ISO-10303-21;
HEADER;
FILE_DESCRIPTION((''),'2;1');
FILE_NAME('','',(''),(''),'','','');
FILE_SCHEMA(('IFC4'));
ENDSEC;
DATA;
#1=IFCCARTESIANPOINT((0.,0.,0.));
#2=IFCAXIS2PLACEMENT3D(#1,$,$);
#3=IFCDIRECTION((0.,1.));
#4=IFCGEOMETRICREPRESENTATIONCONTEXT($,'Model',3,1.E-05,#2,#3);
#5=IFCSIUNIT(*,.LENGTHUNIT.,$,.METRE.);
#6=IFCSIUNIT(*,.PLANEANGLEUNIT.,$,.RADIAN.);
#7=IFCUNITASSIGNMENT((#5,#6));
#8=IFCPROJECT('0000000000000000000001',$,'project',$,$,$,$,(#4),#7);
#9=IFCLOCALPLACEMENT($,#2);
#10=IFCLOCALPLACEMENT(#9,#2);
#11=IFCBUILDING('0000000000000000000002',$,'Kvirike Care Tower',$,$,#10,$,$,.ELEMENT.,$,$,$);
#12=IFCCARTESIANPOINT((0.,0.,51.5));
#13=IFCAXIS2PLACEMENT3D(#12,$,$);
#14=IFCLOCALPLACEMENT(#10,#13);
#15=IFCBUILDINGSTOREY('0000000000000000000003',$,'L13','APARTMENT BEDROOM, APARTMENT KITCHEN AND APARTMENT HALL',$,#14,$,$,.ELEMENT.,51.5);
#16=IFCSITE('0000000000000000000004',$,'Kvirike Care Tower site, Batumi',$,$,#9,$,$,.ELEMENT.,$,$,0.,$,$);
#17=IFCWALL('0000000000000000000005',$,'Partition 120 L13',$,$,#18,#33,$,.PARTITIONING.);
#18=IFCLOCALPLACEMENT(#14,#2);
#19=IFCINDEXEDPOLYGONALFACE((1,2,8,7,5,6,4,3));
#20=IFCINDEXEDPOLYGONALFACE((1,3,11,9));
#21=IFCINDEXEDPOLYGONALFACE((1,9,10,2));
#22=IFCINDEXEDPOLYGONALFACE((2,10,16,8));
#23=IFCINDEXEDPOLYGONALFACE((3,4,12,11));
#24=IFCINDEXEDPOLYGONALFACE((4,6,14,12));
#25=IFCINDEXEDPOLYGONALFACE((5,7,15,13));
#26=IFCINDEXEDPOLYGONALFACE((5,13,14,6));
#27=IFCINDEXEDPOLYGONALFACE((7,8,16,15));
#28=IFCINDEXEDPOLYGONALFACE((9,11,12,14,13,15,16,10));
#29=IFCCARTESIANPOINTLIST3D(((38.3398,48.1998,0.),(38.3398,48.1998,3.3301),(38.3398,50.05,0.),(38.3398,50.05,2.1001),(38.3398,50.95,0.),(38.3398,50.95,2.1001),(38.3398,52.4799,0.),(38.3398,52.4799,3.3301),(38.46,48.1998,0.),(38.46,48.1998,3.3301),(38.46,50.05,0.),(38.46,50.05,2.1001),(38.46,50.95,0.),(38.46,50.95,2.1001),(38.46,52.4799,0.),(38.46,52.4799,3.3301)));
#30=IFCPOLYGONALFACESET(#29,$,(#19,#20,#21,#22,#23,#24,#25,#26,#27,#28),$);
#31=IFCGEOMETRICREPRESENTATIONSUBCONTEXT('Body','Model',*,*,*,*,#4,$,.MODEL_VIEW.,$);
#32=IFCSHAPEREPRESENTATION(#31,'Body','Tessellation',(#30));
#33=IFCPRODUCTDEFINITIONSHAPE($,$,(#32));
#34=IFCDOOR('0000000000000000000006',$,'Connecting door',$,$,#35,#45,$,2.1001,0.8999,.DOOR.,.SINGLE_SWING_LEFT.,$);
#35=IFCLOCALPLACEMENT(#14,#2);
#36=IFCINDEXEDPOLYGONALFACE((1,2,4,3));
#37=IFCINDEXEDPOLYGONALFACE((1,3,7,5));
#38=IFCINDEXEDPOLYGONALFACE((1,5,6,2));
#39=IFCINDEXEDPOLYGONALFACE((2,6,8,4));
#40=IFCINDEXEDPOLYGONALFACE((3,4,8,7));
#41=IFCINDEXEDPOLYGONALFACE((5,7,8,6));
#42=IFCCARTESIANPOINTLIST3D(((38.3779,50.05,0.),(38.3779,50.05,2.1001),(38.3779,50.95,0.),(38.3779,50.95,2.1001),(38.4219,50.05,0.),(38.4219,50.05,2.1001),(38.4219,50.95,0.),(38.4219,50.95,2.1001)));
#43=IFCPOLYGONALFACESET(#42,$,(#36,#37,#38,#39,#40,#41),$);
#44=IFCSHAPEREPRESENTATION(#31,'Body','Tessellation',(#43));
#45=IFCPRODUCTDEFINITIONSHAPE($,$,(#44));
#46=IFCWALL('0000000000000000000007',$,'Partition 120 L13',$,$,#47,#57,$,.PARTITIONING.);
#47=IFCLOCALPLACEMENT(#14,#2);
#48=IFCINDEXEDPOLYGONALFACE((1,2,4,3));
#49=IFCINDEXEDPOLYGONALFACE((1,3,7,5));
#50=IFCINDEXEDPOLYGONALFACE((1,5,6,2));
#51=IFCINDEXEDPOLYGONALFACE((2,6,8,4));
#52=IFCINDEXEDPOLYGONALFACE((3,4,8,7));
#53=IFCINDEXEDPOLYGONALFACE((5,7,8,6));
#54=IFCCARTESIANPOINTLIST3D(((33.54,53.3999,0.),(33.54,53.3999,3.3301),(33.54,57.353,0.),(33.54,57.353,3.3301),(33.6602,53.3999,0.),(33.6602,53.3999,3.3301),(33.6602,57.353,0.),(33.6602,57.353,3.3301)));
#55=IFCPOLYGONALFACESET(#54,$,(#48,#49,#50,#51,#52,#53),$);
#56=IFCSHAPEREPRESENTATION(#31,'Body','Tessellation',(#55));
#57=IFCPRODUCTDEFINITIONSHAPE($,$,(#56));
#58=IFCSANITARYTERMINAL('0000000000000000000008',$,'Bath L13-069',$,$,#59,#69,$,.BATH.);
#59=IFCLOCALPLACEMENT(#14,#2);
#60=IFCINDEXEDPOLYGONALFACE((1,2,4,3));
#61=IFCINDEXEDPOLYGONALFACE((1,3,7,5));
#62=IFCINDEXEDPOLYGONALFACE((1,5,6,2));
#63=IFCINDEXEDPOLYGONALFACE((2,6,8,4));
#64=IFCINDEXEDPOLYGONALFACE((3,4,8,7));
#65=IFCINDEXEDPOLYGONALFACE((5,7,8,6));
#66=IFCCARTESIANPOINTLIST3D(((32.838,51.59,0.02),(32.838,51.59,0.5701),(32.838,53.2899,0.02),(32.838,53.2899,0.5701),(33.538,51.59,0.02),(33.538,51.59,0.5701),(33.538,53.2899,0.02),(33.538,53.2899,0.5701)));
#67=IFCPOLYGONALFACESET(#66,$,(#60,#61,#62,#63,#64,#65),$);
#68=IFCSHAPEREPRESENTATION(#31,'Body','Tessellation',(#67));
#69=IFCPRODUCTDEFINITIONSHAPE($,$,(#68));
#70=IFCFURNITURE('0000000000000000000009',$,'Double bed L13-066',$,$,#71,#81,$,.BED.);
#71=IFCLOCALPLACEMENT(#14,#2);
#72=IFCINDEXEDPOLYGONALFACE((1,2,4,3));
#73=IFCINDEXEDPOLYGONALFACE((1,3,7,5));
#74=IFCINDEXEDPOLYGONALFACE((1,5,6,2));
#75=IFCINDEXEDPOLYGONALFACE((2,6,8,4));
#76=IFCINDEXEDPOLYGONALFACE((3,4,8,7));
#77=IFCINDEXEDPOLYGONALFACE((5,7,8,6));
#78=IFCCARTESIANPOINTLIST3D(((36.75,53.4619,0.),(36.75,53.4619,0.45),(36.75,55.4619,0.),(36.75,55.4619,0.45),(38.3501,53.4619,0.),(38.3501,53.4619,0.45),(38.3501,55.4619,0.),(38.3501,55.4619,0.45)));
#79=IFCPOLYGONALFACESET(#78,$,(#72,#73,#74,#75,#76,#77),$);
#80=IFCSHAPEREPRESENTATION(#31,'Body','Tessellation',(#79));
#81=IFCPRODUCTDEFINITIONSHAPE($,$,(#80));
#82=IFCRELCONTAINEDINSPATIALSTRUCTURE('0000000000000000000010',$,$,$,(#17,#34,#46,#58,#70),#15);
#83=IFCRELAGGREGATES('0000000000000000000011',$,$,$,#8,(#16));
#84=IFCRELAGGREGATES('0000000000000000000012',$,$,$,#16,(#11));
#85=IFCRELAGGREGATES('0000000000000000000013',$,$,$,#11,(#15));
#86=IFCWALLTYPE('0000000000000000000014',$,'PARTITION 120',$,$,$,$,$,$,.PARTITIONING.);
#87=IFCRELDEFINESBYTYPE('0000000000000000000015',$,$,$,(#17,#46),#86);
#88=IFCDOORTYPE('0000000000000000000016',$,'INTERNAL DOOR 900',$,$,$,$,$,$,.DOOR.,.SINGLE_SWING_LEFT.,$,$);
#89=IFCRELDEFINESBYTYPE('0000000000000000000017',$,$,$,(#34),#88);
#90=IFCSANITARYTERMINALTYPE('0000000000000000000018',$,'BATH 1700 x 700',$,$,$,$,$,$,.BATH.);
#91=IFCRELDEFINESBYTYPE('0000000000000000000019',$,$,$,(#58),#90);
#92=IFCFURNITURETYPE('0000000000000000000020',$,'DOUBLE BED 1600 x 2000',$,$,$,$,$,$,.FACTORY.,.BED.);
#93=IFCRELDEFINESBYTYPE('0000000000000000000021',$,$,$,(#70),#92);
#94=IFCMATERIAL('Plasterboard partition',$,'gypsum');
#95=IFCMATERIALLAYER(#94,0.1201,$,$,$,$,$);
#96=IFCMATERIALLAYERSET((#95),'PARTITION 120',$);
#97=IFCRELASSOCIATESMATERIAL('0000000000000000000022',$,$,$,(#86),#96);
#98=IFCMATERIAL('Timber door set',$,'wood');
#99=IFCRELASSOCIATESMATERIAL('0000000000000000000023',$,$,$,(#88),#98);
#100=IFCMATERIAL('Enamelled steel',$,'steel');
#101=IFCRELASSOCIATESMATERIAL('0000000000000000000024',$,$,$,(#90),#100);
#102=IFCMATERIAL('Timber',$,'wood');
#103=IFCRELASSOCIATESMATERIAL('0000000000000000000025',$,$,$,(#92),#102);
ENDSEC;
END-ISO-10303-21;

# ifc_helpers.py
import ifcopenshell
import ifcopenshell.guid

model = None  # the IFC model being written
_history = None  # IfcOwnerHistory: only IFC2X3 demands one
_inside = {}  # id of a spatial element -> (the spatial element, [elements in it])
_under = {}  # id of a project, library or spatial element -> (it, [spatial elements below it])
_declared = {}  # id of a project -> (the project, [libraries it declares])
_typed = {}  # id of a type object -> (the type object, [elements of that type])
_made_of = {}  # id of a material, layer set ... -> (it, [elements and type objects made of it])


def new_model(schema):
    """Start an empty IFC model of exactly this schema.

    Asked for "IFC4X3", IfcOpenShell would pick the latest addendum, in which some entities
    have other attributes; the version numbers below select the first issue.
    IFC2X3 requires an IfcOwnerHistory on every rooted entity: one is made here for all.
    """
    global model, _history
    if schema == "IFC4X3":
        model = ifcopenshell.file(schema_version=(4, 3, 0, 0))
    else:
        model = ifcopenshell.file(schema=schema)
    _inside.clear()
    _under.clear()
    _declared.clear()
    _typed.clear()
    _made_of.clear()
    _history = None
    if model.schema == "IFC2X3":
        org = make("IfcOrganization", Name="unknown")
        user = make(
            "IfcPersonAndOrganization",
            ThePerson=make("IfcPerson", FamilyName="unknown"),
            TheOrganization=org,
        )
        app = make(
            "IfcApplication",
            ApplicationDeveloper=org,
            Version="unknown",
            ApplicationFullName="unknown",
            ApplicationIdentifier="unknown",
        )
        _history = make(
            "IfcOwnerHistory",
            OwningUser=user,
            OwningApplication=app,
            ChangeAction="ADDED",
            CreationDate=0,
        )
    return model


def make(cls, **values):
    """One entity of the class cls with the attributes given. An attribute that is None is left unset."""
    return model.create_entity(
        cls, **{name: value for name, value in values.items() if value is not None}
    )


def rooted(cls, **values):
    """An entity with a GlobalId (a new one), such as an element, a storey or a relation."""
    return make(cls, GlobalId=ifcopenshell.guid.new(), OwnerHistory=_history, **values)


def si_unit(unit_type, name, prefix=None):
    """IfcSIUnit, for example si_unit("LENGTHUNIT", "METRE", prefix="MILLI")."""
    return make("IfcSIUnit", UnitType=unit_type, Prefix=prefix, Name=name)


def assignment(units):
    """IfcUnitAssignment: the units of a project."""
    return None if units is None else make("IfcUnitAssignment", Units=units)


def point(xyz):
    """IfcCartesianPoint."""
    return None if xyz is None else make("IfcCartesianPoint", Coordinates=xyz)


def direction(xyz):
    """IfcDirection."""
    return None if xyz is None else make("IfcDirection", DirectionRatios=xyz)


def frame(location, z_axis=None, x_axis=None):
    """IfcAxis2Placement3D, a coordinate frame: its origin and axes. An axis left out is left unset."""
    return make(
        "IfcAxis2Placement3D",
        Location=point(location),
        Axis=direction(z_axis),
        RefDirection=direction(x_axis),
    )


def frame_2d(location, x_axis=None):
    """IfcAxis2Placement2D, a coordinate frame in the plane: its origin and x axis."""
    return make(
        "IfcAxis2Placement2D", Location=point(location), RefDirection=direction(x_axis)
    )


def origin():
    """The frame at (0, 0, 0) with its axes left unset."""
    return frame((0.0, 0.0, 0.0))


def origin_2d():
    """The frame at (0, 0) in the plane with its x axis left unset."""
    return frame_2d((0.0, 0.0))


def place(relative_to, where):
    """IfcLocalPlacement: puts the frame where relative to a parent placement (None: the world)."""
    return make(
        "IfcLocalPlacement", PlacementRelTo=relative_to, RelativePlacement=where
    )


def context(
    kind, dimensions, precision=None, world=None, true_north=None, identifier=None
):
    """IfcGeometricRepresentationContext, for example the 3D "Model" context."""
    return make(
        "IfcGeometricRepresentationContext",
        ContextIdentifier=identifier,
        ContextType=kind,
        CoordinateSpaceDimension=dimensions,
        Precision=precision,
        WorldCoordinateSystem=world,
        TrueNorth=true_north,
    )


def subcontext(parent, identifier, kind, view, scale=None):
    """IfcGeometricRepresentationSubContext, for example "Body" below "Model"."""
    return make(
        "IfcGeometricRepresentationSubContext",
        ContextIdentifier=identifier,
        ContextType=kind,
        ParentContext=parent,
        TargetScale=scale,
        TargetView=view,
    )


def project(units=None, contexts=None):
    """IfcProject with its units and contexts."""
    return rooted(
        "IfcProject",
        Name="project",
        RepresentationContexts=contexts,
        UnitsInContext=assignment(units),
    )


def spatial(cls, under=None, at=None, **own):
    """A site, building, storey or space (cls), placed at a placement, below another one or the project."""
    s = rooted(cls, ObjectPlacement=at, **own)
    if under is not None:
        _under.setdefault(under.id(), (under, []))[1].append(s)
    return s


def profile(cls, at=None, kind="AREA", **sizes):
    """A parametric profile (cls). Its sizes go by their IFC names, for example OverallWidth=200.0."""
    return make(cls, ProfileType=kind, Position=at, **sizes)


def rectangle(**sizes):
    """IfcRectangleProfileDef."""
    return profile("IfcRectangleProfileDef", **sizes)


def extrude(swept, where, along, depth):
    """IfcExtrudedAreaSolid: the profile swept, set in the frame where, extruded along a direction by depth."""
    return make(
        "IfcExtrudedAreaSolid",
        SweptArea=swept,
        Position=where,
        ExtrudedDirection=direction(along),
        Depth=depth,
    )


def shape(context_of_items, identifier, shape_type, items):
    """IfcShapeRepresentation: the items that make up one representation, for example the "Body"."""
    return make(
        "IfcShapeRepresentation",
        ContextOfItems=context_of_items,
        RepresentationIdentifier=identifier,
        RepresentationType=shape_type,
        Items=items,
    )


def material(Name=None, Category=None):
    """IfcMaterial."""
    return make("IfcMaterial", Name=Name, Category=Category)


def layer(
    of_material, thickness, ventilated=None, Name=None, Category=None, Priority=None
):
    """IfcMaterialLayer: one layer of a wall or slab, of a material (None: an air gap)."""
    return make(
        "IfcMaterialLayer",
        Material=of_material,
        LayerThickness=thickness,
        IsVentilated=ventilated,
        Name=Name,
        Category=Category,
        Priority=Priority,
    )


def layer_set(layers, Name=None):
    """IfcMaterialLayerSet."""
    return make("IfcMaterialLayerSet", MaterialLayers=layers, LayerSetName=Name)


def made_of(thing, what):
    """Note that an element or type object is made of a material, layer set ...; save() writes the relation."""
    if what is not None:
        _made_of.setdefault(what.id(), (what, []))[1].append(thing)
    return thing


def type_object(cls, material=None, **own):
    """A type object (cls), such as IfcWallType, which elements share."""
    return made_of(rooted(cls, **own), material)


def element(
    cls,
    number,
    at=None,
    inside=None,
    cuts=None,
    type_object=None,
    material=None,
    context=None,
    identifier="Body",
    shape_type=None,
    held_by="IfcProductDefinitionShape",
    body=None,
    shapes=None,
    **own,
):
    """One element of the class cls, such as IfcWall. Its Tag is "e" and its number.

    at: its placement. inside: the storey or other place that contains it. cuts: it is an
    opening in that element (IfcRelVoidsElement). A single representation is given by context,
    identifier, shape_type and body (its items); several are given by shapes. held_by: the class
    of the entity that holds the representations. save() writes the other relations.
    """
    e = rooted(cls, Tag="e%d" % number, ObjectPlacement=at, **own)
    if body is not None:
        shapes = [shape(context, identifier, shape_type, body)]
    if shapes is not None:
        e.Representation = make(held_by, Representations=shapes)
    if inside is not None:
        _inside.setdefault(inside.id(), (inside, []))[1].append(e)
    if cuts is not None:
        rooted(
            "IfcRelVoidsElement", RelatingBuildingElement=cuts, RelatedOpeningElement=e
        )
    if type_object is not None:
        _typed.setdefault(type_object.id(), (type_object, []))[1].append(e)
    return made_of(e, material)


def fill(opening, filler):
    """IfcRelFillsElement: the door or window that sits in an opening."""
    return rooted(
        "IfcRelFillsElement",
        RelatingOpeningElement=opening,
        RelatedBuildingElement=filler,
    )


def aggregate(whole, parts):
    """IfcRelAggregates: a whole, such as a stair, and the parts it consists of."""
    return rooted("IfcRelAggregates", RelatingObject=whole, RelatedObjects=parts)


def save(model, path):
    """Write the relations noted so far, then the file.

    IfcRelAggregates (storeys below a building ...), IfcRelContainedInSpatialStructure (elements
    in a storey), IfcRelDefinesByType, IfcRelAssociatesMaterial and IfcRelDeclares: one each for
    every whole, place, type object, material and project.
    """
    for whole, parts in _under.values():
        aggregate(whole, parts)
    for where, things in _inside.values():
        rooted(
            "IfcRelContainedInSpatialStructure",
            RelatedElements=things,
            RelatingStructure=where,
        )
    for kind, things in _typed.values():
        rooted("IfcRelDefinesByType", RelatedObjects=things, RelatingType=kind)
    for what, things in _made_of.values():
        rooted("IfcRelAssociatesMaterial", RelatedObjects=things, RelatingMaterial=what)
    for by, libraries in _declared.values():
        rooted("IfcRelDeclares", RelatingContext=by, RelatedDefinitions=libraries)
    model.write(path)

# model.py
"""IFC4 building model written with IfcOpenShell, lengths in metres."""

from ifc_helpers import new_model, si_unit, direction, frame, frame_2d, origin, origin_2d, place, context, subcontext, project, spatial, rectangle, extrude, material, layer, layer_set, type_object, element, fill, save


model = new_model("IFC4")

# Units and contexts
model_context = context("Model", 3, precision=1e-05, world=origin(), true_north=direction((0.0, 1.0)))
body_context = subcontext(model_context, "Body", "Model", "MODEL_VIEW")
ifc_project = project(units=[si_unit("LENGTHUNIT", "METRE"), si_unit("PLANEANGLEUNIT", "RADIAN")], contexts=[model_context])

# Site, building, storey
site_placement = place(None, origin())
site = spatial("IfcSite", under=ifc_project, at=site_placement, Name="Kvirike Care Tower site, Batumi", CompositionType="ELEMENT", RefElevation=0.0)
building_placement = place(site_placement, origin())
building = spatial("IfcBuilding", under=site, at=building_placement, Name="Kvirike Care Tower", CompositionType="ELEMENT")
storey_placement = place(building_placement, frame((0.0, 0.0, 51.5)))
storey = spatial("IfcBuildingStorey", under=building, at=storey_placement, Name="L13", Description="APARTMENT BEDROOM, APARTMENT KITCHEN AND APARTMENT HALL", CompositionType="ELEMENT", Elevation=51.5)

# Wall, opening, door
ifc_material_1 = material(Name="Plasterboard partition", Category="gypsum")
ifc_layer_1 = layer(ifc_material_1, 0.1201)
ifc_layer_set_1 = layer_set([ifc_layer_1], Name="PARTITION 120")
wall_type_1 = type_object("IfcWallType", Name="PARTITION 120", PredefinedType="PARTITIONING", material=ifc_layer_set_1)
ifc_material_2 = material(Name="Timber door set", Category="wood")
door_type = type_object("IfcDoorType", Name="INTERNAL DOOR 900", OperationType="SINGLE_SWING_LEFT", PredefinedType="DOOR", material=ifc_material_2)
wall_1_placement = place(storey_placement, frame((38.3999, 52.48, 0.0), z_axis=(0.0, 0.0, 1.0), x_axis=(0.0, -1.0, 0.0)))
wall_1 = element("IfcWall", 1, at=wall_1_placement, inside=storey, type_object=wall_type_1, Name="Partition 120 L13", PredefinedType="PARTITIONING", context=body_context, shape_type="SweptSolid", body=[
    extrude(rectangle(XDim=4.28, YDim=0.1201, at=frame_2d((2.1401, 0.0))), origin(), (0.0, 0.0, 1.0), 3.3301),
])
opening_1_placement = place(wall_1_placement, frame((1.53, 0.0, 0.0)))
opening_1 = element("IfcOpeningElement", 2, at=opening_1_placement, cuts=wall_1, PredefinedType="OPENING", context=body_context, shape_type="SweptSolid", body=[
    extrude(rectangle(XDim=0.8999, YDim=2.1001, at=frame_2d((0.45, 1.05))), frame((0.0, 0.0706, 0.0), z_axis=(0.0, -1.0, 0.0), x_axis=(1.0, 0.0, 0.0)), (0.0, 0.0, 1.0), 0.1411),
])
door_1_placement = place(opening_1_placement, origin())
door_1 = element("IfcDoor", 3, at=door_1_placement, inside=storey, type_object=door_type, Name="Connecting door", OperationType="SINGLE_SWING_LEFT", OverallHeight=2.1001, OverallWidth=0.8999, PredefinedType="DOOR", context=body_context, shape_type="SweptSolid", body=[
    extrude(rectangle(XDim=0.8999, YDim=2.1001, at=frame_2d((0.45, 1.05))), frame((0.0, 0.022, 0.0), z_axis=(0.0, -1.0, 0.0), x_axis=(1.0, 0.0, 0.0)), (0.0, 0.0, 1.0), 0.0439),
])
fill(opening_1, door_1)

# Wall
wall_2_placement = place(storey_placement, frame((33.6001, 57.353, 0.0), z_axis=(0.0, 0.0, 1.0), x_axis=(0.0, -1.0, 0.0)))
element("IfcWall", 4, at=wall_2_placement, inside=storey, type_object=wall_type_1, Name="Partition 120 L13", PredefinedType="PARTITIONING", context=body_context, shape_type="SweptSolid", body=[
    extrude(rectangle(XDim=3.9531, YDim=0.1201, at=frame_2d((1.9766, 0.0))), origin(), (0.0, 0.0, 1.0), 3.3301),
])

# Sanitary terminal
ifc_material_3 = material(Name="Enamelled steel", Category="steel")
sanitary_terminal_type = type_object("IfcSanitaryTerminalType", Name="BATH 1700 x 700", PredefinedType="BATH", material=ifc_material_3)
sanitary_terminal_placement = place(storey_placement, frame((33.188, 52.4399, 0.02), z_axis=(0.0, 0.0, 1.0), x_axis=(0.0, -1.0, 0.0)))
element("IfcSanitaryTerminal", 5, at=sanitary_terminal_placement, inside=storey, type_object=sanitary_terminal_type, Name="Bath L13-069", PredefinedType="BATH", context=body_context, shape_type="SweptSolid", body=[
    extrude(rectangle(XDim=1.7, YDim=0.7, at=origin_2d()), origin(), (0.0, 0.0, 1.0), 0.55),
])

# Furniture
ifc_material_4 = material(Name="Timber", Category="wood")
furniture_type = type_object("IfcFurnitureType", Name="DOUBLE BED 1600 x 2000", AssemblyPlace="FACTORY", PredefinedType="BED", material=ifc_material_4)
furniture_placement = place(storey_placement, frame((37.55, 54.4619, 0.0), z_axis=(0.0, 0.0, 1.0), x_axis=(-1.0, 0.0, 0.0)))
element("IfcFurniture", 6, at=furniture_placement, inside=storey, type_object=furniture_type, Name="Double bed L13-066", PredefinedType="BED", context=body_context, shape_type="SweptSolid", body=[
    extrude(rectangle(XDim=1.6001, YDim=2.0, at=origin_2d()), origin(), (0.0, 0.0, 1.0), 0.45),
])

save(model, "model.ifc")
